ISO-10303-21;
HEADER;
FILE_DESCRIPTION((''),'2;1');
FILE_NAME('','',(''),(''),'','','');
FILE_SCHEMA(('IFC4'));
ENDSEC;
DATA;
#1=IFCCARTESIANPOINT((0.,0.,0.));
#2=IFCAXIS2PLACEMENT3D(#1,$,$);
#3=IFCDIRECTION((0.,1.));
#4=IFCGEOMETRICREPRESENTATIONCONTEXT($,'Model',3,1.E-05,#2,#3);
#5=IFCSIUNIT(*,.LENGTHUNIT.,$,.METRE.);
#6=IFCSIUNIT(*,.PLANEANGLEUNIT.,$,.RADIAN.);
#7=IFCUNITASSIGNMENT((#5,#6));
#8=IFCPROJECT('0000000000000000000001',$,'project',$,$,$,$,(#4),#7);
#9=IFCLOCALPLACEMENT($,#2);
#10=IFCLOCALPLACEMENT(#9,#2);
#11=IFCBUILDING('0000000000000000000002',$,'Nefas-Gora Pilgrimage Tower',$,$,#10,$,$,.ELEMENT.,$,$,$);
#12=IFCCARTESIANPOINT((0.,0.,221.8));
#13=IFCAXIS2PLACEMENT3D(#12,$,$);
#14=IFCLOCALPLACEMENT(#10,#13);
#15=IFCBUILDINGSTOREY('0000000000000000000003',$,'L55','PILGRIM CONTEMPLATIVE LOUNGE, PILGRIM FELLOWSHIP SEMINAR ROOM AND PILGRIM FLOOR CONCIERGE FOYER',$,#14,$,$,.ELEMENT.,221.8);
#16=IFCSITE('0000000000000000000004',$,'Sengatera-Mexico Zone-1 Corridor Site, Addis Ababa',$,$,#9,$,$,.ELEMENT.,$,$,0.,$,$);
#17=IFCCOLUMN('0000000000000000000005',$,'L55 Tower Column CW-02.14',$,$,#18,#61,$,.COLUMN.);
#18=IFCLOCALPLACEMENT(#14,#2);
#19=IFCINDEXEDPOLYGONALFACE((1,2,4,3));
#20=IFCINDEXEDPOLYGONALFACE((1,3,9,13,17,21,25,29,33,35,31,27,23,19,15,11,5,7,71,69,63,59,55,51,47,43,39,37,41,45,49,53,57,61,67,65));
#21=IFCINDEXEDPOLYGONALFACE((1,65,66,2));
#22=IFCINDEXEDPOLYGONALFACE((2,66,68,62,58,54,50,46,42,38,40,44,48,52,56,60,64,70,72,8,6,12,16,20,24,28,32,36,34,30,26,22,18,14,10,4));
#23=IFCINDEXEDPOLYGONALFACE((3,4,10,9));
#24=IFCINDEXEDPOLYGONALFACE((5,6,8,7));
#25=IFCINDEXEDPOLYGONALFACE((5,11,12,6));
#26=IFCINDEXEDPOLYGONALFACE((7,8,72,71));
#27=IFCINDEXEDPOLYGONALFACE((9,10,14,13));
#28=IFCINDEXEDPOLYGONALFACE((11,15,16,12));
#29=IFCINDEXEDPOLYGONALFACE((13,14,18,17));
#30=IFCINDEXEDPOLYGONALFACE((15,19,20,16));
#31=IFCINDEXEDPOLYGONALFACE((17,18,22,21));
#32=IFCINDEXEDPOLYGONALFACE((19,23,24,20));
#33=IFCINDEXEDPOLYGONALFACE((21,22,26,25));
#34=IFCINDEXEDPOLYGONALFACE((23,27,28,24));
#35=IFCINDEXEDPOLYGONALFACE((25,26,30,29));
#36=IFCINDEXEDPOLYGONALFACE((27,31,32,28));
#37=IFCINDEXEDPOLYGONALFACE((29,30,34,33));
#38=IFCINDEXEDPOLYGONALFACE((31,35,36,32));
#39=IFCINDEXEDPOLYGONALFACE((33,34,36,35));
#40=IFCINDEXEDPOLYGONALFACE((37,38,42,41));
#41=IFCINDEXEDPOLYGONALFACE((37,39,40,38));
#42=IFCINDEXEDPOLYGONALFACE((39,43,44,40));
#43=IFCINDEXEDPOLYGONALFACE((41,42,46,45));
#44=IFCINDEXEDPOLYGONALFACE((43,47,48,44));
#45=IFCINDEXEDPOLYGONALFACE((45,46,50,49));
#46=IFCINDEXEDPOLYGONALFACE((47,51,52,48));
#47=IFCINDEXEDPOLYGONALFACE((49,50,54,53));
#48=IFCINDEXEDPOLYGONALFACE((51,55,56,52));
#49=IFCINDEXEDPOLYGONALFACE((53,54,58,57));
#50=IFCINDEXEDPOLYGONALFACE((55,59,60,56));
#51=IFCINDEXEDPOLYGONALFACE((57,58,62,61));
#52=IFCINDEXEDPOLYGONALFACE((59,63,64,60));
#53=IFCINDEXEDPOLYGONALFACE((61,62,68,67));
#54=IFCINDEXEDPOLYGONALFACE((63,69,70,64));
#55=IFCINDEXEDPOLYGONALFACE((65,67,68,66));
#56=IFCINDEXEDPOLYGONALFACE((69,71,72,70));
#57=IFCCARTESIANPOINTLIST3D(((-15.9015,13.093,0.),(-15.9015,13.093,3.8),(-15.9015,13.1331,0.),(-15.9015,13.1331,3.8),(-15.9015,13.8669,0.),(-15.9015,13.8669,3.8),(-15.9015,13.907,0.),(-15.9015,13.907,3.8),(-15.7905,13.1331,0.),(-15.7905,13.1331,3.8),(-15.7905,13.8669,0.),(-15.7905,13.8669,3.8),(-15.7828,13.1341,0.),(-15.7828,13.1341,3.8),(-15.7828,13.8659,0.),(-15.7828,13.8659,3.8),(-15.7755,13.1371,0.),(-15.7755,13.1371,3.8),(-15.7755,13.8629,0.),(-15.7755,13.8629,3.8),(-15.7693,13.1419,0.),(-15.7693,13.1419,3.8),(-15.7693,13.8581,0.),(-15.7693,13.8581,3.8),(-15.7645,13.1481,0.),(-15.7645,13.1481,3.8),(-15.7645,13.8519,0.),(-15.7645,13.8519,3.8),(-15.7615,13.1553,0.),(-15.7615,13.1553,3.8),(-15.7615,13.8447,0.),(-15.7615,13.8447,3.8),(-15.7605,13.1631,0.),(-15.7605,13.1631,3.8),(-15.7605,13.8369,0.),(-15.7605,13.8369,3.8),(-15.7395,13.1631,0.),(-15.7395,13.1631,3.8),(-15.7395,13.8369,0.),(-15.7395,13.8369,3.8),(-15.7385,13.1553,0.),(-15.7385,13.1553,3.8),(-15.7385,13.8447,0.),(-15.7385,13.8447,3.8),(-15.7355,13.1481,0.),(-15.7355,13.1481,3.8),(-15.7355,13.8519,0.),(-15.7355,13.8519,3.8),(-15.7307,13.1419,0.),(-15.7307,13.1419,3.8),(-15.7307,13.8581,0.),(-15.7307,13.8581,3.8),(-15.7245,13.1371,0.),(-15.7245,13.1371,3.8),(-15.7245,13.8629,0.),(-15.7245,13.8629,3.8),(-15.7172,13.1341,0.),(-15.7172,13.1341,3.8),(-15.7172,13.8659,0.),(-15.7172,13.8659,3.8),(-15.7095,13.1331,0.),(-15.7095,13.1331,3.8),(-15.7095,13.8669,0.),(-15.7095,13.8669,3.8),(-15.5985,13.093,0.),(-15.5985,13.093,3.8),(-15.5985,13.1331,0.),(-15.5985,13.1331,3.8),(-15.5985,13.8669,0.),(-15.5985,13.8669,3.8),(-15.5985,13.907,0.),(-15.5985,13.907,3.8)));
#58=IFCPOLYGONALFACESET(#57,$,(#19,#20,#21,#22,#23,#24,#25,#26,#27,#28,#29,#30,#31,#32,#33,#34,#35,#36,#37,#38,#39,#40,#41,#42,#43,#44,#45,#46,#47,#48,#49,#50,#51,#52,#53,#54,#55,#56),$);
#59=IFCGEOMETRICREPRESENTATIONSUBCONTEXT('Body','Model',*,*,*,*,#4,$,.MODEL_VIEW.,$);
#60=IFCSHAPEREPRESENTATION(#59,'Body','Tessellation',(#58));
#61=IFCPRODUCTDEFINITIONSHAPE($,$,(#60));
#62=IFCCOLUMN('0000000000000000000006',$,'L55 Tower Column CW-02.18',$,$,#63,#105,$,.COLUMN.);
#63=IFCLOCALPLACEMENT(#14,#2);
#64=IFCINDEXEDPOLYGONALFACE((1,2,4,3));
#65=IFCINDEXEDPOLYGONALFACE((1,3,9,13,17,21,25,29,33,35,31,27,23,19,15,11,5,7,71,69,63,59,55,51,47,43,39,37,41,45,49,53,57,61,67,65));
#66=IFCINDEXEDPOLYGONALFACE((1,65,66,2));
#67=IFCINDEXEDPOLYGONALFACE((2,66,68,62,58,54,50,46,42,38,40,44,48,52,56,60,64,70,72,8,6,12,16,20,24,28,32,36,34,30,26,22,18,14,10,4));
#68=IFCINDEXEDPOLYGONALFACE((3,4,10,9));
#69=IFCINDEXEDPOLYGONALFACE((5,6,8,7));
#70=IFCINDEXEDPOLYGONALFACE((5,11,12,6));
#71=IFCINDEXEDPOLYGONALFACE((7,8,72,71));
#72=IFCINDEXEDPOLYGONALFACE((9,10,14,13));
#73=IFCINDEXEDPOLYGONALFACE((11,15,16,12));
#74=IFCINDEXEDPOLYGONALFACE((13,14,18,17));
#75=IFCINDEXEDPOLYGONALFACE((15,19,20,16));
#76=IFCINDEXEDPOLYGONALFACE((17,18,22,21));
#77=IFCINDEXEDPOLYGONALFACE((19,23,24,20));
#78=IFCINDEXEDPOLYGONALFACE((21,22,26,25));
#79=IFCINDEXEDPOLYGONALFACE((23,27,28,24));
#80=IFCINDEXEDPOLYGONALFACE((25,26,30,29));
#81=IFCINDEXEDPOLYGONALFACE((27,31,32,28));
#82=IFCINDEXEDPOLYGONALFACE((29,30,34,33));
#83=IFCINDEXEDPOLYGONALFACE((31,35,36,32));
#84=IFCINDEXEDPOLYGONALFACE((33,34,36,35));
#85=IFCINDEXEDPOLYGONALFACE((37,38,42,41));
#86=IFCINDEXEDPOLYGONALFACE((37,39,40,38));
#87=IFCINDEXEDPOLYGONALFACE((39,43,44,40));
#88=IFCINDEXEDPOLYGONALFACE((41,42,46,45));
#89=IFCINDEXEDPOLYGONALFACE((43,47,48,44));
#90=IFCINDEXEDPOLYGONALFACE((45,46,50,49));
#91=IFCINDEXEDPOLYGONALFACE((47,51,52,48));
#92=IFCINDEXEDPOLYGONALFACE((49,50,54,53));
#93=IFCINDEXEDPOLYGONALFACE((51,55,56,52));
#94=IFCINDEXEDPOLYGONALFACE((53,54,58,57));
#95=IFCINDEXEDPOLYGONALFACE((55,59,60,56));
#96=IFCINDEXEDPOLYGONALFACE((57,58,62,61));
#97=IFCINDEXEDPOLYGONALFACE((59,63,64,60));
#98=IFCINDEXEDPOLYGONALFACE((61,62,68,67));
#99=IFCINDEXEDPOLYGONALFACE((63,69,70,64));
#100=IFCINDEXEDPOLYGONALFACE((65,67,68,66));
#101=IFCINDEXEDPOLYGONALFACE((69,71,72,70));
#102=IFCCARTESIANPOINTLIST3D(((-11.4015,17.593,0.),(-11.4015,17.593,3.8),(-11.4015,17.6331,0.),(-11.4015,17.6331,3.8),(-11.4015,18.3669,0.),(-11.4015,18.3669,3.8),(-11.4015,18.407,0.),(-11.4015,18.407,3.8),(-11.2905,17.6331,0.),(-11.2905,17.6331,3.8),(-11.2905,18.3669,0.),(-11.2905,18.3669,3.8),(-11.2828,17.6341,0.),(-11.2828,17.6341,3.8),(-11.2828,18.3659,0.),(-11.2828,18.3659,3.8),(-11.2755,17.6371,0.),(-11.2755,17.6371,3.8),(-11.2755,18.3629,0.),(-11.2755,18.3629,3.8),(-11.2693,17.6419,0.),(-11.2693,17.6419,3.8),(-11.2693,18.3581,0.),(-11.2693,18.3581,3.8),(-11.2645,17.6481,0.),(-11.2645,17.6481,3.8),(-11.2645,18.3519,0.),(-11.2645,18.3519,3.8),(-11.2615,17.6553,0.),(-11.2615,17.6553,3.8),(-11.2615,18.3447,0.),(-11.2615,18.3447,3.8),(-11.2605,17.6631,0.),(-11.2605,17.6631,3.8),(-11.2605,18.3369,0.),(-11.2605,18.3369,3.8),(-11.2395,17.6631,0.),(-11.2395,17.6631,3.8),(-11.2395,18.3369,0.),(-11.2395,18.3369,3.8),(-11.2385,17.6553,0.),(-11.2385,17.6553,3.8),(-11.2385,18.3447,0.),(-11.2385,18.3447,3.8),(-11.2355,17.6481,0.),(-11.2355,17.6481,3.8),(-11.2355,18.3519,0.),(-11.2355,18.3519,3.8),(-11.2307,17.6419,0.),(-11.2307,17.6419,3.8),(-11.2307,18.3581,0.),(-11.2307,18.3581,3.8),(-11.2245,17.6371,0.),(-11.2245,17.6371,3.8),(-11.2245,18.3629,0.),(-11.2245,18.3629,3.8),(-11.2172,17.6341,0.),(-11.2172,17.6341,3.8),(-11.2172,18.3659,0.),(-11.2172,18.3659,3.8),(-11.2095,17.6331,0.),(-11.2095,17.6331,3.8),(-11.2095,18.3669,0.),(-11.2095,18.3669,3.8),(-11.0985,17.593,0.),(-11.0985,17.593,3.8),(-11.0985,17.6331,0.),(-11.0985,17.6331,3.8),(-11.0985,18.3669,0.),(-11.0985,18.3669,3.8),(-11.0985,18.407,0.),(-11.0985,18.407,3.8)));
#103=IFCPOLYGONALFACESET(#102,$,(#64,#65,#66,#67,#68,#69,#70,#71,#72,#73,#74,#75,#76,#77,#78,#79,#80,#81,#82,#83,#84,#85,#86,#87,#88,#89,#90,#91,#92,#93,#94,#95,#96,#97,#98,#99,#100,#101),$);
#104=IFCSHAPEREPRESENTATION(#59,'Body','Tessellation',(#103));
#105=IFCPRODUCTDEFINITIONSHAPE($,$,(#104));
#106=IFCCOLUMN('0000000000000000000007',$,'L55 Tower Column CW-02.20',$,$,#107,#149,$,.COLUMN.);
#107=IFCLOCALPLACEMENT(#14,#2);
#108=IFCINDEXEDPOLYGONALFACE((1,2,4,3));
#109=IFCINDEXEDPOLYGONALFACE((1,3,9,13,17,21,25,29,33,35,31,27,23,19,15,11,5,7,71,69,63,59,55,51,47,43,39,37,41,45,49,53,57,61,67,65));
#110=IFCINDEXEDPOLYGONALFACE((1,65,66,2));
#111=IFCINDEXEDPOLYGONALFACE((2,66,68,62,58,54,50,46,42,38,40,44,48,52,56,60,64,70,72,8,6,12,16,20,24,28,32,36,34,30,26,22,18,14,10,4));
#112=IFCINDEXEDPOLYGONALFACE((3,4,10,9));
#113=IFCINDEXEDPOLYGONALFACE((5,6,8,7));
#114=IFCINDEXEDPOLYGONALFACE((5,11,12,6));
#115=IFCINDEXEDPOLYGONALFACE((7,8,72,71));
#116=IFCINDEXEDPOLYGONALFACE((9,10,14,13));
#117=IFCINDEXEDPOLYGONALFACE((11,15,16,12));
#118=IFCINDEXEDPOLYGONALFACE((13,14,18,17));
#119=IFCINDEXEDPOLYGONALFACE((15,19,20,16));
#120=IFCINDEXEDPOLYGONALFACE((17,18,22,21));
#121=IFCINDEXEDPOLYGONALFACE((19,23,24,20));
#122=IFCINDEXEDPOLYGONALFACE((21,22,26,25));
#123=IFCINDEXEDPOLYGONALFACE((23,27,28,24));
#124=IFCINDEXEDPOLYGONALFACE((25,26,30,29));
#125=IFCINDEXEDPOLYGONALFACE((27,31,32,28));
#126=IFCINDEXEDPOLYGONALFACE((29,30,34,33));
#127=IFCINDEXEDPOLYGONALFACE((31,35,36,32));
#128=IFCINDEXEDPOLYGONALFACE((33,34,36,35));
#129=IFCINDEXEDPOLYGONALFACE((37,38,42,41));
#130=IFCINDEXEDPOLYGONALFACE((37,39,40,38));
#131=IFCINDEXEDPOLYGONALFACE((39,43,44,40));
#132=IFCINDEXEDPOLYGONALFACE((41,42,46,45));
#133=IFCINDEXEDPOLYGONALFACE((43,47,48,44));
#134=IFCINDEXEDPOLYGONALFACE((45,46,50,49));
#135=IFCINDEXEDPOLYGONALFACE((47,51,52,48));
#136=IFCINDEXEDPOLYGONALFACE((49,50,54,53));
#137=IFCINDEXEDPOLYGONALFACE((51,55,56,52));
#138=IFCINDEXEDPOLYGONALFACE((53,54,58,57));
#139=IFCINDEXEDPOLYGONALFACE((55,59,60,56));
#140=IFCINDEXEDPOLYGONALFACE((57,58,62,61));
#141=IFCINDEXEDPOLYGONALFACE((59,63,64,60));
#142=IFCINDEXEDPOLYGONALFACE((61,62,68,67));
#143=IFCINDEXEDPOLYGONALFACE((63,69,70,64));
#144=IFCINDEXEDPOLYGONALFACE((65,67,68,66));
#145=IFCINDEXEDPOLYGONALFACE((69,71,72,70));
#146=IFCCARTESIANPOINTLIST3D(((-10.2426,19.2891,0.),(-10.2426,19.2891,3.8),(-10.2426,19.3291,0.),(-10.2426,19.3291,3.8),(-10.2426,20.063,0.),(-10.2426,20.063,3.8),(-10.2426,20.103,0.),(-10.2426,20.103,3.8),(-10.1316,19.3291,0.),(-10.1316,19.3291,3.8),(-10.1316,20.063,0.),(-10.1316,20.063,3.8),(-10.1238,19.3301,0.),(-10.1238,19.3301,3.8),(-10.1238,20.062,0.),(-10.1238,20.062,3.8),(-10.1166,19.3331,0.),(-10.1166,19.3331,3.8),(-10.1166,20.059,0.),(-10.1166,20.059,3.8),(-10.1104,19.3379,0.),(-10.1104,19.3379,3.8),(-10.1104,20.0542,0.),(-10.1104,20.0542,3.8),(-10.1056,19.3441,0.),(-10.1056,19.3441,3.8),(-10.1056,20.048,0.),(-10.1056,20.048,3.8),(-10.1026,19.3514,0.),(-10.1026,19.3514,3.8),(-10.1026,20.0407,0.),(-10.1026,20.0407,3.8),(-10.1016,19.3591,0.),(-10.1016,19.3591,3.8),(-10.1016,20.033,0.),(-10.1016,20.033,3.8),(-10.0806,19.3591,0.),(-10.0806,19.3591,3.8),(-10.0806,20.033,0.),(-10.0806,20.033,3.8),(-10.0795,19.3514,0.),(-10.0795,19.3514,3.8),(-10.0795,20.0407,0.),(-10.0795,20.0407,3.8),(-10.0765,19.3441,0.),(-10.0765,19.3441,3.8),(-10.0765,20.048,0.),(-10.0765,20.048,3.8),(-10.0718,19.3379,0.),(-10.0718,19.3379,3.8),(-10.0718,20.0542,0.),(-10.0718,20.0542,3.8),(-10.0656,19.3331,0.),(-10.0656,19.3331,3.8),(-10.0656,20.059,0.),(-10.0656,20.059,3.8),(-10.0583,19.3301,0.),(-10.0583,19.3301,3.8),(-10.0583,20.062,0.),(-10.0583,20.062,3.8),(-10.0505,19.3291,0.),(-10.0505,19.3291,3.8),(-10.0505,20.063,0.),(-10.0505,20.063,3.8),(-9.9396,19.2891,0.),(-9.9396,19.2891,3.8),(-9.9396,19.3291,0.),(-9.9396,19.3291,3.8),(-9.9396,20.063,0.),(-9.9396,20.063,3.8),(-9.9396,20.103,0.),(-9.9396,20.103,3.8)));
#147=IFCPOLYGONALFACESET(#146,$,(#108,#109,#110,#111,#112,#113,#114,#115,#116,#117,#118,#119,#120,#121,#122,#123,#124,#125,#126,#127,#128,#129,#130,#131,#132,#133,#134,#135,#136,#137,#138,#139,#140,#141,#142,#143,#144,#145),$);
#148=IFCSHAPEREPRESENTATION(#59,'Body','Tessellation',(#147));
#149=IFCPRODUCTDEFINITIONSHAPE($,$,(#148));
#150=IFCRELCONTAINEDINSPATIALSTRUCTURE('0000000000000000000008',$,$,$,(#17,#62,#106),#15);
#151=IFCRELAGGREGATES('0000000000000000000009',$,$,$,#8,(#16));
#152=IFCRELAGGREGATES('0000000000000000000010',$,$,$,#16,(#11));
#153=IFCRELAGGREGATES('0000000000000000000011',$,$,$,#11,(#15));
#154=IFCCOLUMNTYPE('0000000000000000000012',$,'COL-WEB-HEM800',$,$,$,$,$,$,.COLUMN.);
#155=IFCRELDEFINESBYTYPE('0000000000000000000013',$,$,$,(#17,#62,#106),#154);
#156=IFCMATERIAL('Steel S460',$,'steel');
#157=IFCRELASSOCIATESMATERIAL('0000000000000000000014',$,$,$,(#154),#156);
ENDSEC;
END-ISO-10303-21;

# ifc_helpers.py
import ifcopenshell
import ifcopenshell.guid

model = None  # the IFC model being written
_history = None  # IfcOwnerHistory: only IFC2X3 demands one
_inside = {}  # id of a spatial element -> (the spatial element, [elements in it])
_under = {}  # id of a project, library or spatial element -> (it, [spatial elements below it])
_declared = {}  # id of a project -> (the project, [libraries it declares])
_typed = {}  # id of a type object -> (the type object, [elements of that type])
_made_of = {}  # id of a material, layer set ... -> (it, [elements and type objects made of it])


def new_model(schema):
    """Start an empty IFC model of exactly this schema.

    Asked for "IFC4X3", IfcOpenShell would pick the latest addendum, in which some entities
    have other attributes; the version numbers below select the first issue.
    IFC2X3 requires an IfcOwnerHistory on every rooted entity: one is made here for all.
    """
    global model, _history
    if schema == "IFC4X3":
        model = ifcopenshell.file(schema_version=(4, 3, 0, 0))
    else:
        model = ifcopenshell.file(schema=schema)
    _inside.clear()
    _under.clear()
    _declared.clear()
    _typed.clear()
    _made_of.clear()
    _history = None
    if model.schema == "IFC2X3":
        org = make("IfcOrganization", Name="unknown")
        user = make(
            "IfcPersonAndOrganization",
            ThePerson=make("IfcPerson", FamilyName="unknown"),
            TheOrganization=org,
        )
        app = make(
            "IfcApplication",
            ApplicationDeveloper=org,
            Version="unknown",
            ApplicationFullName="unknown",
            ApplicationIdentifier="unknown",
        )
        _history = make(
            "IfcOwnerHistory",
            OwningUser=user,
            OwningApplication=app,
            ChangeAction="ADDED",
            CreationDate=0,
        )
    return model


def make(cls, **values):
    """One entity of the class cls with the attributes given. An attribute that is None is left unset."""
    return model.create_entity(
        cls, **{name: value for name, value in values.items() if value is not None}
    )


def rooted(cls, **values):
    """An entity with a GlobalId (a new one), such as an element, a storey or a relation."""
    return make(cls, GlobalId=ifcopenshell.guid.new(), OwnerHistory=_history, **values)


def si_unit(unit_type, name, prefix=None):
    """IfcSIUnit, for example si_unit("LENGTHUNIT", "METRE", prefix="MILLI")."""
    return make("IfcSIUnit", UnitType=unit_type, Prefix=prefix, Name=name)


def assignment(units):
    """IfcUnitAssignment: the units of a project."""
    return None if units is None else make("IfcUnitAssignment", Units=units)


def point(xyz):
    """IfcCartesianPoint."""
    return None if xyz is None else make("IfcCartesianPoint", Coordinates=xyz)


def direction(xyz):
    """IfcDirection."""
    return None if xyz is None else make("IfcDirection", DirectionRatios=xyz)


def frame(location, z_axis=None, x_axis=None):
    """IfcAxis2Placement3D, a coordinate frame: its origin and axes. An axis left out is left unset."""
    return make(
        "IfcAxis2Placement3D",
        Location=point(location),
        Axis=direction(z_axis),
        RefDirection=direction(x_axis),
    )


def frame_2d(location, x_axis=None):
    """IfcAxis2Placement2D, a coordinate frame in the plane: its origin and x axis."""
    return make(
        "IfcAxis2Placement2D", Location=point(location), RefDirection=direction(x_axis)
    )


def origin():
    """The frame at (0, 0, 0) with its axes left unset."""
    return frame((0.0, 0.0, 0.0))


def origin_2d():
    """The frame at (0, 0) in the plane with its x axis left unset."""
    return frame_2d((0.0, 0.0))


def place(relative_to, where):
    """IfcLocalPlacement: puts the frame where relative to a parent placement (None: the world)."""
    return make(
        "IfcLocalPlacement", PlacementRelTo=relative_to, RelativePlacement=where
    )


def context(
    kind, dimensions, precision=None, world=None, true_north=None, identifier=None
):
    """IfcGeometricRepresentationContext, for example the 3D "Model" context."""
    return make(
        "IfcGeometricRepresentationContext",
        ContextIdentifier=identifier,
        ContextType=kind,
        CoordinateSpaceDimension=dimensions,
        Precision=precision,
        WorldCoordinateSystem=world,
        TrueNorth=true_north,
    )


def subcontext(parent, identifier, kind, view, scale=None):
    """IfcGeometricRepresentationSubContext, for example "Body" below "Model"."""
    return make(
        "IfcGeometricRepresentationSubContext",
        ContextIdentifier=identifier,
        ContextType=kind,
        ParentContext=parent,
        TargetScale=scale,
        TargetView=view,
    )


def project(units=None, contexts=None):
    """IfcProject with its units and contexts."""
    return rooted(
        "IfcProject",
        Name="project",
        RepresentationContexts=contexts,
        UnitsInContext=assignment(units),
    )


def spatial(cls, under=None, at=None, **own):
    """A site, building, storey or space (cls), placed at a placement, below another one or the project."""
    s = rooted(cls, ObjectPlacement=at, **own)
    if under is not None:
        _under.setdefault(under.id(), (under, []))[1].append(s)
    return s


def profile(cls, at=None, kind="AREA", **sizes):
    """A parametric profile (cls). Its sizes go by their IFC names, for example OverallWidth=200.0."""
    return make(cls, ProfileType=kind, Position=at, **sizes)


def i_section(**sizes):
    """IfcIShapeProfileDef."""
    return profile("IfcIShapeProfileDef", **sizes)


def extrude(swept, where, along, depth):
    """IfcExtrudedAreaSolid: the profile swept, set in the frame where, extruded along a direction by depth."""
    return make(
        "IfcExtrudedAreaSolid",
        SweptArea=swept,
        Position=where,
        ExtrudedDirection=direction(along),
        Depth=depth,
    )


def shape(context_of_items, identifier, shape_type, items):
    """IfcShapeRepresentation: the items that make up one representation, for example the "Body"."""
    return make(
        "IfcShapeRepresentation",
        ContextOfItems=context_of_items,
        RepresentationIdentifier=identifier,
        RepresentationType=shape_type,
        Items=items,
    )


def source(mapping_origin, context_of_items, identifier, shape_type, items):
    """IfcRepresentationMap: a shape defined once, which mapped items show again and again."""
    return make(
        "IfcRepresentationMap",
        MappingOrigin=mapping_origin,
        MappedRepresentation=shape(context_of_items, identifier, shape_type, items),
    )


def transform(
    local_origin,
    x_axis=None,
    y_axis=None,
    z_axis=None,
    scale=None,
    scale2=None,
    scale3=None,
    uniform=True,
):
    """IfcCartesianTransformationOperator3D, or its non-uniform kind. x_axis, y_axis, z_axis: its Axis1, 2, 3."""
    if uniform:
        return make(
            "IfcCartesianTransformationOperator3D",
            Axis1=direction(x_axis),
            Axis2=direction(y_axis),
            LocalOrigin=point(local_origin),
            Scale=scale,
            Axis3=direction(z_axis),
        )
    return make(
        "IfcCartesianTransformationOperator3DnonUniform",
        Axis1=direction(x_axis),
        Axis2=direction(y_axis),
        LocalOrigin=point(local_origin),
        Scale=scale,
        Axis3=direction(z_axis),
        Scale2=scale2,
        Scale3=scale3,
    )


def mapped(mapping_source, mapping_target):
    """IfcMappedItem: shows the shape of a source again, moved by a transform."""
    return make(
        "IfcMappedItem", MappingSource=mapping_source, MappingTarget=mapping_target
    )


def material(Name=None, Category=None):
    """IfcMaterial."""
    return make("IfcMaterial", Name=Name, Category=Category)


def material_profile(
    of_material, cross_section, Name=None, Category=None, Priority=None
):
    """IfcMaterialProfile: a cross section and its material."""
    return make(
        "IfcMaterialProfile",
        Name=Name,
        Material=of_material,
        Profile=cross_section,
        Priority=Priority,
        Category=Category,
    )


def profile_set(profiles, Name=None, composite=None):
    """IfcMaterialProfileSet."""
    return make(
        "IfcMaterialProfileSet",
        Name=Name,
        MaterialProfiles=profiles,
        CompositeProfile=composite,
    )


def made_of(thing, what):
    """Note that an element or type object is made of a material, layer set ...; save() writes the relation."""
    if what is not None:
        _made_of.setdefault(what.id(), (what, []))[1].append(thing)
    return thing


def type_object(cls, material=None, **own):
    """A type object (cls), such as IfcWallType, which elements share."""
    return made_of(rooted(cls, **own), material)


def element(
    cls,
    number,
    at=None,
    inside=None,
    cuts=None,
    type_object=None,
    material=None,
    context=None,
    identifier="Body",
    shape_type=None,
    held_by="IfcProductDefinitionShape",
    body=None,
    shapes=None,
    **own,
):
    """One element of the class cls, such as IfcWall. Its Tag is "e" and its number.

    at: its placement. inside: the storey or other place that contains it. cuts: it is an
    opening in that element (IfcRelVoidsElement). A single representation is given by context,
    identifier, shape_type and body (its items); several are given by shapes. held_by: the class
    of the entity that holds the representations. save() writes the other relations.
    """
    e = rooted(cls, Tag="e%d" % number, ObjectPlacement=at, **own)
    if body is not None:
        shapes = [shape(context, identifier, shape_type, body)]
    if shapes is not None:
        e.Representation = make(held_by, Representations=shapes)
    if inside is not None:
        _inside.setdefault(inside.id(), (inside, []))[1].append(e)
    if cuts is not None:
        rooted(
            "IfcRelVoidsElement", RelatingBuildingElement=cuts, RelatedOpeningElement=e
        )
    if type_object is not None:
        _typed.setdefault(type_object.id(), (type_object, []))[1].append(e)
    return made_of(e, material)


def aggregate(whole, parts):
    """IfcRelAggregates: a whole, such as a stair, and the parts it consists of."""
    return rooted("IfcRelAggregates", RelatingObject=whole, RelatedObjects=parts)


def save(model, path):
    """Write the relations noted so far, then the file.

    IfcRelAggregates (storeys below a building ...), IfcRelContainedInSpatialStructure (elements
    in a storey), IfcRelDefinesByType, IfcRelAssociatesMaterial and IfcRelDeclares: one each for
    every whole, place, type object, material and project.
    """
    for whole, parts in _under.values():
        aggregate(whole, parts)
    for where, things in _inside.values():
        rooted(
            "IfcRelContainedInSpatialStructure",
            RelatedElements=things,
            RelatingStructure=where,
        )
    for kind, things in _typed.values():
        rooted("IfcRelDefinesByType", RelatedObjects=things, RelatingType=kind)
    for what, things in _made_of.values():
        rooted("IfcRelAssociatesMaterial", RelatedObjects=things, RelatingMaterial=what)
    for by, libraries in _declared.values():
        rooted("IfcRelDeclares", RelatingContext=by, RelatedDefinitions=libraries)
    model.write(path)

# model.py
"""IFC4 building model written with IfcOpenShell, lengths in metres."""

from ifc_helpers import new_model, si_unit, direction, frame, origin, origin_2d, place, context, subcontext, project, spatial, i_section, extrude, source, transform, mapped, material, material_profile, profile_set, type_object, element, save


model = new_model("IFC4")

# Units and contexts
model_context = context("Model", 3, precision=1e-05, world=origin(), true_north=direction((0.0, 1.0)))
body_context = subcontext(model_context, "Body", "Model", "MODEL_VIEW")
ifc_project = project(units=[si_unit("LENGTHUNIT", "METRE"), si_unit("PLANEANGLEUNIT", "RADIAN")], contexts=[model_context])

# Site, building, storey
site_placement = place(None, origin())
site = spatial("IfcSite", under=ifc_project, at=site_placement, Name="Sengatera-Mexico Zone-1 Corridor Site, Addis Ababa", CompositionType="ELEMENT", RefElevation=0.0)
building_placement = place(site_placement, origin())
building = spatial("IfcBuilding", under=site, at=building_placement, Name="Nefas-Gora Pilgrimage Tower", CompositionType="ELEMENT")
storey_placement = place(building_placement, frame((0.0, 0.0, 221.8)))
storey = spatial("IfcBuildingStorey", under=building, at=storey_placement, Name="L55", Description="PILGRIM CONTEMPLATIVE LOUNGE, PILGRIM FELLOWSHIP SEMINAR ROOM AND PILGRIM FLOOR CONCIERGE FOYER", CompositionType="ELEMENT", Elevation=221.8)

# Columns
ifc_material_1 = material(Name="Steel S460", Category="steel")
ifc_material_profile_1 = material_profile(ifc_material_1, i_section(OverallWidth=0.303, OverallDepth=0.814, WebThickness=0.021, FlangeThickness=0.04, FilletRadius=0.03, at=origin_2d()), Name="HEM 800")
ifc_profile_set_1 = profile_set([ifc_material_profile_1], Name="Steel S460")
column_type_1 = type_object("IfcColumnType", Name="COL-WEB-HEM800", PredefinedType="COLUMN", material=ifc_profile_set_1)
shared_shape_1 = source(origin(), body_context, "Body", "SweptSolid", [
    extrude(i_section(OverallWidth=0.303, OverallDepth=0.814, WebThickness=0.021, FlangeThickness=0.04, FilletRadius=0.03, at=origin_2d()), origin(), (0.0, 0.0, 1.0), 3.8),
])
for number, where, z_axis, x_axis, name in (
    (1, (-15.75, 13.5, 0.0), (0.0, 0.0, 1.0), (1.0, 0.0, 0.0), "L55 Tower Column CW-02.14"),
    (2, (-11.25, 18.0, 0.0), (0.0, 0.0, 1.0), (1.0, 0.0, 0.0), "L55 Tower Column CW-02.18"),
    (3, (-10.0911, 19.696, 0.0), (0.0, 0.0, 1.0), (1.0, 0.0, 0.0), "L55 Tower Column CW-02.20"),
):
    element("IfcColumn", number, at=place(storey_placement, frame(where, z_axis=z_axis, x_axis=x_axis)), inside=storey, type_object=column_type_1, Name=name, PredefinedType="COLUMN", context=body_context, shape_type="MappedRepresentation", body=[
        mapped(shared_shape_1, transform((0.0, 0.0, 0.0), x_axis=(1.0, 0.0, 0.0), y_axis=(0.0, 1.0, 0.0), z_axis=(0.0, 0.0, 1.0), scale=1.0)),
    ])

save(model, "model.ifc")
